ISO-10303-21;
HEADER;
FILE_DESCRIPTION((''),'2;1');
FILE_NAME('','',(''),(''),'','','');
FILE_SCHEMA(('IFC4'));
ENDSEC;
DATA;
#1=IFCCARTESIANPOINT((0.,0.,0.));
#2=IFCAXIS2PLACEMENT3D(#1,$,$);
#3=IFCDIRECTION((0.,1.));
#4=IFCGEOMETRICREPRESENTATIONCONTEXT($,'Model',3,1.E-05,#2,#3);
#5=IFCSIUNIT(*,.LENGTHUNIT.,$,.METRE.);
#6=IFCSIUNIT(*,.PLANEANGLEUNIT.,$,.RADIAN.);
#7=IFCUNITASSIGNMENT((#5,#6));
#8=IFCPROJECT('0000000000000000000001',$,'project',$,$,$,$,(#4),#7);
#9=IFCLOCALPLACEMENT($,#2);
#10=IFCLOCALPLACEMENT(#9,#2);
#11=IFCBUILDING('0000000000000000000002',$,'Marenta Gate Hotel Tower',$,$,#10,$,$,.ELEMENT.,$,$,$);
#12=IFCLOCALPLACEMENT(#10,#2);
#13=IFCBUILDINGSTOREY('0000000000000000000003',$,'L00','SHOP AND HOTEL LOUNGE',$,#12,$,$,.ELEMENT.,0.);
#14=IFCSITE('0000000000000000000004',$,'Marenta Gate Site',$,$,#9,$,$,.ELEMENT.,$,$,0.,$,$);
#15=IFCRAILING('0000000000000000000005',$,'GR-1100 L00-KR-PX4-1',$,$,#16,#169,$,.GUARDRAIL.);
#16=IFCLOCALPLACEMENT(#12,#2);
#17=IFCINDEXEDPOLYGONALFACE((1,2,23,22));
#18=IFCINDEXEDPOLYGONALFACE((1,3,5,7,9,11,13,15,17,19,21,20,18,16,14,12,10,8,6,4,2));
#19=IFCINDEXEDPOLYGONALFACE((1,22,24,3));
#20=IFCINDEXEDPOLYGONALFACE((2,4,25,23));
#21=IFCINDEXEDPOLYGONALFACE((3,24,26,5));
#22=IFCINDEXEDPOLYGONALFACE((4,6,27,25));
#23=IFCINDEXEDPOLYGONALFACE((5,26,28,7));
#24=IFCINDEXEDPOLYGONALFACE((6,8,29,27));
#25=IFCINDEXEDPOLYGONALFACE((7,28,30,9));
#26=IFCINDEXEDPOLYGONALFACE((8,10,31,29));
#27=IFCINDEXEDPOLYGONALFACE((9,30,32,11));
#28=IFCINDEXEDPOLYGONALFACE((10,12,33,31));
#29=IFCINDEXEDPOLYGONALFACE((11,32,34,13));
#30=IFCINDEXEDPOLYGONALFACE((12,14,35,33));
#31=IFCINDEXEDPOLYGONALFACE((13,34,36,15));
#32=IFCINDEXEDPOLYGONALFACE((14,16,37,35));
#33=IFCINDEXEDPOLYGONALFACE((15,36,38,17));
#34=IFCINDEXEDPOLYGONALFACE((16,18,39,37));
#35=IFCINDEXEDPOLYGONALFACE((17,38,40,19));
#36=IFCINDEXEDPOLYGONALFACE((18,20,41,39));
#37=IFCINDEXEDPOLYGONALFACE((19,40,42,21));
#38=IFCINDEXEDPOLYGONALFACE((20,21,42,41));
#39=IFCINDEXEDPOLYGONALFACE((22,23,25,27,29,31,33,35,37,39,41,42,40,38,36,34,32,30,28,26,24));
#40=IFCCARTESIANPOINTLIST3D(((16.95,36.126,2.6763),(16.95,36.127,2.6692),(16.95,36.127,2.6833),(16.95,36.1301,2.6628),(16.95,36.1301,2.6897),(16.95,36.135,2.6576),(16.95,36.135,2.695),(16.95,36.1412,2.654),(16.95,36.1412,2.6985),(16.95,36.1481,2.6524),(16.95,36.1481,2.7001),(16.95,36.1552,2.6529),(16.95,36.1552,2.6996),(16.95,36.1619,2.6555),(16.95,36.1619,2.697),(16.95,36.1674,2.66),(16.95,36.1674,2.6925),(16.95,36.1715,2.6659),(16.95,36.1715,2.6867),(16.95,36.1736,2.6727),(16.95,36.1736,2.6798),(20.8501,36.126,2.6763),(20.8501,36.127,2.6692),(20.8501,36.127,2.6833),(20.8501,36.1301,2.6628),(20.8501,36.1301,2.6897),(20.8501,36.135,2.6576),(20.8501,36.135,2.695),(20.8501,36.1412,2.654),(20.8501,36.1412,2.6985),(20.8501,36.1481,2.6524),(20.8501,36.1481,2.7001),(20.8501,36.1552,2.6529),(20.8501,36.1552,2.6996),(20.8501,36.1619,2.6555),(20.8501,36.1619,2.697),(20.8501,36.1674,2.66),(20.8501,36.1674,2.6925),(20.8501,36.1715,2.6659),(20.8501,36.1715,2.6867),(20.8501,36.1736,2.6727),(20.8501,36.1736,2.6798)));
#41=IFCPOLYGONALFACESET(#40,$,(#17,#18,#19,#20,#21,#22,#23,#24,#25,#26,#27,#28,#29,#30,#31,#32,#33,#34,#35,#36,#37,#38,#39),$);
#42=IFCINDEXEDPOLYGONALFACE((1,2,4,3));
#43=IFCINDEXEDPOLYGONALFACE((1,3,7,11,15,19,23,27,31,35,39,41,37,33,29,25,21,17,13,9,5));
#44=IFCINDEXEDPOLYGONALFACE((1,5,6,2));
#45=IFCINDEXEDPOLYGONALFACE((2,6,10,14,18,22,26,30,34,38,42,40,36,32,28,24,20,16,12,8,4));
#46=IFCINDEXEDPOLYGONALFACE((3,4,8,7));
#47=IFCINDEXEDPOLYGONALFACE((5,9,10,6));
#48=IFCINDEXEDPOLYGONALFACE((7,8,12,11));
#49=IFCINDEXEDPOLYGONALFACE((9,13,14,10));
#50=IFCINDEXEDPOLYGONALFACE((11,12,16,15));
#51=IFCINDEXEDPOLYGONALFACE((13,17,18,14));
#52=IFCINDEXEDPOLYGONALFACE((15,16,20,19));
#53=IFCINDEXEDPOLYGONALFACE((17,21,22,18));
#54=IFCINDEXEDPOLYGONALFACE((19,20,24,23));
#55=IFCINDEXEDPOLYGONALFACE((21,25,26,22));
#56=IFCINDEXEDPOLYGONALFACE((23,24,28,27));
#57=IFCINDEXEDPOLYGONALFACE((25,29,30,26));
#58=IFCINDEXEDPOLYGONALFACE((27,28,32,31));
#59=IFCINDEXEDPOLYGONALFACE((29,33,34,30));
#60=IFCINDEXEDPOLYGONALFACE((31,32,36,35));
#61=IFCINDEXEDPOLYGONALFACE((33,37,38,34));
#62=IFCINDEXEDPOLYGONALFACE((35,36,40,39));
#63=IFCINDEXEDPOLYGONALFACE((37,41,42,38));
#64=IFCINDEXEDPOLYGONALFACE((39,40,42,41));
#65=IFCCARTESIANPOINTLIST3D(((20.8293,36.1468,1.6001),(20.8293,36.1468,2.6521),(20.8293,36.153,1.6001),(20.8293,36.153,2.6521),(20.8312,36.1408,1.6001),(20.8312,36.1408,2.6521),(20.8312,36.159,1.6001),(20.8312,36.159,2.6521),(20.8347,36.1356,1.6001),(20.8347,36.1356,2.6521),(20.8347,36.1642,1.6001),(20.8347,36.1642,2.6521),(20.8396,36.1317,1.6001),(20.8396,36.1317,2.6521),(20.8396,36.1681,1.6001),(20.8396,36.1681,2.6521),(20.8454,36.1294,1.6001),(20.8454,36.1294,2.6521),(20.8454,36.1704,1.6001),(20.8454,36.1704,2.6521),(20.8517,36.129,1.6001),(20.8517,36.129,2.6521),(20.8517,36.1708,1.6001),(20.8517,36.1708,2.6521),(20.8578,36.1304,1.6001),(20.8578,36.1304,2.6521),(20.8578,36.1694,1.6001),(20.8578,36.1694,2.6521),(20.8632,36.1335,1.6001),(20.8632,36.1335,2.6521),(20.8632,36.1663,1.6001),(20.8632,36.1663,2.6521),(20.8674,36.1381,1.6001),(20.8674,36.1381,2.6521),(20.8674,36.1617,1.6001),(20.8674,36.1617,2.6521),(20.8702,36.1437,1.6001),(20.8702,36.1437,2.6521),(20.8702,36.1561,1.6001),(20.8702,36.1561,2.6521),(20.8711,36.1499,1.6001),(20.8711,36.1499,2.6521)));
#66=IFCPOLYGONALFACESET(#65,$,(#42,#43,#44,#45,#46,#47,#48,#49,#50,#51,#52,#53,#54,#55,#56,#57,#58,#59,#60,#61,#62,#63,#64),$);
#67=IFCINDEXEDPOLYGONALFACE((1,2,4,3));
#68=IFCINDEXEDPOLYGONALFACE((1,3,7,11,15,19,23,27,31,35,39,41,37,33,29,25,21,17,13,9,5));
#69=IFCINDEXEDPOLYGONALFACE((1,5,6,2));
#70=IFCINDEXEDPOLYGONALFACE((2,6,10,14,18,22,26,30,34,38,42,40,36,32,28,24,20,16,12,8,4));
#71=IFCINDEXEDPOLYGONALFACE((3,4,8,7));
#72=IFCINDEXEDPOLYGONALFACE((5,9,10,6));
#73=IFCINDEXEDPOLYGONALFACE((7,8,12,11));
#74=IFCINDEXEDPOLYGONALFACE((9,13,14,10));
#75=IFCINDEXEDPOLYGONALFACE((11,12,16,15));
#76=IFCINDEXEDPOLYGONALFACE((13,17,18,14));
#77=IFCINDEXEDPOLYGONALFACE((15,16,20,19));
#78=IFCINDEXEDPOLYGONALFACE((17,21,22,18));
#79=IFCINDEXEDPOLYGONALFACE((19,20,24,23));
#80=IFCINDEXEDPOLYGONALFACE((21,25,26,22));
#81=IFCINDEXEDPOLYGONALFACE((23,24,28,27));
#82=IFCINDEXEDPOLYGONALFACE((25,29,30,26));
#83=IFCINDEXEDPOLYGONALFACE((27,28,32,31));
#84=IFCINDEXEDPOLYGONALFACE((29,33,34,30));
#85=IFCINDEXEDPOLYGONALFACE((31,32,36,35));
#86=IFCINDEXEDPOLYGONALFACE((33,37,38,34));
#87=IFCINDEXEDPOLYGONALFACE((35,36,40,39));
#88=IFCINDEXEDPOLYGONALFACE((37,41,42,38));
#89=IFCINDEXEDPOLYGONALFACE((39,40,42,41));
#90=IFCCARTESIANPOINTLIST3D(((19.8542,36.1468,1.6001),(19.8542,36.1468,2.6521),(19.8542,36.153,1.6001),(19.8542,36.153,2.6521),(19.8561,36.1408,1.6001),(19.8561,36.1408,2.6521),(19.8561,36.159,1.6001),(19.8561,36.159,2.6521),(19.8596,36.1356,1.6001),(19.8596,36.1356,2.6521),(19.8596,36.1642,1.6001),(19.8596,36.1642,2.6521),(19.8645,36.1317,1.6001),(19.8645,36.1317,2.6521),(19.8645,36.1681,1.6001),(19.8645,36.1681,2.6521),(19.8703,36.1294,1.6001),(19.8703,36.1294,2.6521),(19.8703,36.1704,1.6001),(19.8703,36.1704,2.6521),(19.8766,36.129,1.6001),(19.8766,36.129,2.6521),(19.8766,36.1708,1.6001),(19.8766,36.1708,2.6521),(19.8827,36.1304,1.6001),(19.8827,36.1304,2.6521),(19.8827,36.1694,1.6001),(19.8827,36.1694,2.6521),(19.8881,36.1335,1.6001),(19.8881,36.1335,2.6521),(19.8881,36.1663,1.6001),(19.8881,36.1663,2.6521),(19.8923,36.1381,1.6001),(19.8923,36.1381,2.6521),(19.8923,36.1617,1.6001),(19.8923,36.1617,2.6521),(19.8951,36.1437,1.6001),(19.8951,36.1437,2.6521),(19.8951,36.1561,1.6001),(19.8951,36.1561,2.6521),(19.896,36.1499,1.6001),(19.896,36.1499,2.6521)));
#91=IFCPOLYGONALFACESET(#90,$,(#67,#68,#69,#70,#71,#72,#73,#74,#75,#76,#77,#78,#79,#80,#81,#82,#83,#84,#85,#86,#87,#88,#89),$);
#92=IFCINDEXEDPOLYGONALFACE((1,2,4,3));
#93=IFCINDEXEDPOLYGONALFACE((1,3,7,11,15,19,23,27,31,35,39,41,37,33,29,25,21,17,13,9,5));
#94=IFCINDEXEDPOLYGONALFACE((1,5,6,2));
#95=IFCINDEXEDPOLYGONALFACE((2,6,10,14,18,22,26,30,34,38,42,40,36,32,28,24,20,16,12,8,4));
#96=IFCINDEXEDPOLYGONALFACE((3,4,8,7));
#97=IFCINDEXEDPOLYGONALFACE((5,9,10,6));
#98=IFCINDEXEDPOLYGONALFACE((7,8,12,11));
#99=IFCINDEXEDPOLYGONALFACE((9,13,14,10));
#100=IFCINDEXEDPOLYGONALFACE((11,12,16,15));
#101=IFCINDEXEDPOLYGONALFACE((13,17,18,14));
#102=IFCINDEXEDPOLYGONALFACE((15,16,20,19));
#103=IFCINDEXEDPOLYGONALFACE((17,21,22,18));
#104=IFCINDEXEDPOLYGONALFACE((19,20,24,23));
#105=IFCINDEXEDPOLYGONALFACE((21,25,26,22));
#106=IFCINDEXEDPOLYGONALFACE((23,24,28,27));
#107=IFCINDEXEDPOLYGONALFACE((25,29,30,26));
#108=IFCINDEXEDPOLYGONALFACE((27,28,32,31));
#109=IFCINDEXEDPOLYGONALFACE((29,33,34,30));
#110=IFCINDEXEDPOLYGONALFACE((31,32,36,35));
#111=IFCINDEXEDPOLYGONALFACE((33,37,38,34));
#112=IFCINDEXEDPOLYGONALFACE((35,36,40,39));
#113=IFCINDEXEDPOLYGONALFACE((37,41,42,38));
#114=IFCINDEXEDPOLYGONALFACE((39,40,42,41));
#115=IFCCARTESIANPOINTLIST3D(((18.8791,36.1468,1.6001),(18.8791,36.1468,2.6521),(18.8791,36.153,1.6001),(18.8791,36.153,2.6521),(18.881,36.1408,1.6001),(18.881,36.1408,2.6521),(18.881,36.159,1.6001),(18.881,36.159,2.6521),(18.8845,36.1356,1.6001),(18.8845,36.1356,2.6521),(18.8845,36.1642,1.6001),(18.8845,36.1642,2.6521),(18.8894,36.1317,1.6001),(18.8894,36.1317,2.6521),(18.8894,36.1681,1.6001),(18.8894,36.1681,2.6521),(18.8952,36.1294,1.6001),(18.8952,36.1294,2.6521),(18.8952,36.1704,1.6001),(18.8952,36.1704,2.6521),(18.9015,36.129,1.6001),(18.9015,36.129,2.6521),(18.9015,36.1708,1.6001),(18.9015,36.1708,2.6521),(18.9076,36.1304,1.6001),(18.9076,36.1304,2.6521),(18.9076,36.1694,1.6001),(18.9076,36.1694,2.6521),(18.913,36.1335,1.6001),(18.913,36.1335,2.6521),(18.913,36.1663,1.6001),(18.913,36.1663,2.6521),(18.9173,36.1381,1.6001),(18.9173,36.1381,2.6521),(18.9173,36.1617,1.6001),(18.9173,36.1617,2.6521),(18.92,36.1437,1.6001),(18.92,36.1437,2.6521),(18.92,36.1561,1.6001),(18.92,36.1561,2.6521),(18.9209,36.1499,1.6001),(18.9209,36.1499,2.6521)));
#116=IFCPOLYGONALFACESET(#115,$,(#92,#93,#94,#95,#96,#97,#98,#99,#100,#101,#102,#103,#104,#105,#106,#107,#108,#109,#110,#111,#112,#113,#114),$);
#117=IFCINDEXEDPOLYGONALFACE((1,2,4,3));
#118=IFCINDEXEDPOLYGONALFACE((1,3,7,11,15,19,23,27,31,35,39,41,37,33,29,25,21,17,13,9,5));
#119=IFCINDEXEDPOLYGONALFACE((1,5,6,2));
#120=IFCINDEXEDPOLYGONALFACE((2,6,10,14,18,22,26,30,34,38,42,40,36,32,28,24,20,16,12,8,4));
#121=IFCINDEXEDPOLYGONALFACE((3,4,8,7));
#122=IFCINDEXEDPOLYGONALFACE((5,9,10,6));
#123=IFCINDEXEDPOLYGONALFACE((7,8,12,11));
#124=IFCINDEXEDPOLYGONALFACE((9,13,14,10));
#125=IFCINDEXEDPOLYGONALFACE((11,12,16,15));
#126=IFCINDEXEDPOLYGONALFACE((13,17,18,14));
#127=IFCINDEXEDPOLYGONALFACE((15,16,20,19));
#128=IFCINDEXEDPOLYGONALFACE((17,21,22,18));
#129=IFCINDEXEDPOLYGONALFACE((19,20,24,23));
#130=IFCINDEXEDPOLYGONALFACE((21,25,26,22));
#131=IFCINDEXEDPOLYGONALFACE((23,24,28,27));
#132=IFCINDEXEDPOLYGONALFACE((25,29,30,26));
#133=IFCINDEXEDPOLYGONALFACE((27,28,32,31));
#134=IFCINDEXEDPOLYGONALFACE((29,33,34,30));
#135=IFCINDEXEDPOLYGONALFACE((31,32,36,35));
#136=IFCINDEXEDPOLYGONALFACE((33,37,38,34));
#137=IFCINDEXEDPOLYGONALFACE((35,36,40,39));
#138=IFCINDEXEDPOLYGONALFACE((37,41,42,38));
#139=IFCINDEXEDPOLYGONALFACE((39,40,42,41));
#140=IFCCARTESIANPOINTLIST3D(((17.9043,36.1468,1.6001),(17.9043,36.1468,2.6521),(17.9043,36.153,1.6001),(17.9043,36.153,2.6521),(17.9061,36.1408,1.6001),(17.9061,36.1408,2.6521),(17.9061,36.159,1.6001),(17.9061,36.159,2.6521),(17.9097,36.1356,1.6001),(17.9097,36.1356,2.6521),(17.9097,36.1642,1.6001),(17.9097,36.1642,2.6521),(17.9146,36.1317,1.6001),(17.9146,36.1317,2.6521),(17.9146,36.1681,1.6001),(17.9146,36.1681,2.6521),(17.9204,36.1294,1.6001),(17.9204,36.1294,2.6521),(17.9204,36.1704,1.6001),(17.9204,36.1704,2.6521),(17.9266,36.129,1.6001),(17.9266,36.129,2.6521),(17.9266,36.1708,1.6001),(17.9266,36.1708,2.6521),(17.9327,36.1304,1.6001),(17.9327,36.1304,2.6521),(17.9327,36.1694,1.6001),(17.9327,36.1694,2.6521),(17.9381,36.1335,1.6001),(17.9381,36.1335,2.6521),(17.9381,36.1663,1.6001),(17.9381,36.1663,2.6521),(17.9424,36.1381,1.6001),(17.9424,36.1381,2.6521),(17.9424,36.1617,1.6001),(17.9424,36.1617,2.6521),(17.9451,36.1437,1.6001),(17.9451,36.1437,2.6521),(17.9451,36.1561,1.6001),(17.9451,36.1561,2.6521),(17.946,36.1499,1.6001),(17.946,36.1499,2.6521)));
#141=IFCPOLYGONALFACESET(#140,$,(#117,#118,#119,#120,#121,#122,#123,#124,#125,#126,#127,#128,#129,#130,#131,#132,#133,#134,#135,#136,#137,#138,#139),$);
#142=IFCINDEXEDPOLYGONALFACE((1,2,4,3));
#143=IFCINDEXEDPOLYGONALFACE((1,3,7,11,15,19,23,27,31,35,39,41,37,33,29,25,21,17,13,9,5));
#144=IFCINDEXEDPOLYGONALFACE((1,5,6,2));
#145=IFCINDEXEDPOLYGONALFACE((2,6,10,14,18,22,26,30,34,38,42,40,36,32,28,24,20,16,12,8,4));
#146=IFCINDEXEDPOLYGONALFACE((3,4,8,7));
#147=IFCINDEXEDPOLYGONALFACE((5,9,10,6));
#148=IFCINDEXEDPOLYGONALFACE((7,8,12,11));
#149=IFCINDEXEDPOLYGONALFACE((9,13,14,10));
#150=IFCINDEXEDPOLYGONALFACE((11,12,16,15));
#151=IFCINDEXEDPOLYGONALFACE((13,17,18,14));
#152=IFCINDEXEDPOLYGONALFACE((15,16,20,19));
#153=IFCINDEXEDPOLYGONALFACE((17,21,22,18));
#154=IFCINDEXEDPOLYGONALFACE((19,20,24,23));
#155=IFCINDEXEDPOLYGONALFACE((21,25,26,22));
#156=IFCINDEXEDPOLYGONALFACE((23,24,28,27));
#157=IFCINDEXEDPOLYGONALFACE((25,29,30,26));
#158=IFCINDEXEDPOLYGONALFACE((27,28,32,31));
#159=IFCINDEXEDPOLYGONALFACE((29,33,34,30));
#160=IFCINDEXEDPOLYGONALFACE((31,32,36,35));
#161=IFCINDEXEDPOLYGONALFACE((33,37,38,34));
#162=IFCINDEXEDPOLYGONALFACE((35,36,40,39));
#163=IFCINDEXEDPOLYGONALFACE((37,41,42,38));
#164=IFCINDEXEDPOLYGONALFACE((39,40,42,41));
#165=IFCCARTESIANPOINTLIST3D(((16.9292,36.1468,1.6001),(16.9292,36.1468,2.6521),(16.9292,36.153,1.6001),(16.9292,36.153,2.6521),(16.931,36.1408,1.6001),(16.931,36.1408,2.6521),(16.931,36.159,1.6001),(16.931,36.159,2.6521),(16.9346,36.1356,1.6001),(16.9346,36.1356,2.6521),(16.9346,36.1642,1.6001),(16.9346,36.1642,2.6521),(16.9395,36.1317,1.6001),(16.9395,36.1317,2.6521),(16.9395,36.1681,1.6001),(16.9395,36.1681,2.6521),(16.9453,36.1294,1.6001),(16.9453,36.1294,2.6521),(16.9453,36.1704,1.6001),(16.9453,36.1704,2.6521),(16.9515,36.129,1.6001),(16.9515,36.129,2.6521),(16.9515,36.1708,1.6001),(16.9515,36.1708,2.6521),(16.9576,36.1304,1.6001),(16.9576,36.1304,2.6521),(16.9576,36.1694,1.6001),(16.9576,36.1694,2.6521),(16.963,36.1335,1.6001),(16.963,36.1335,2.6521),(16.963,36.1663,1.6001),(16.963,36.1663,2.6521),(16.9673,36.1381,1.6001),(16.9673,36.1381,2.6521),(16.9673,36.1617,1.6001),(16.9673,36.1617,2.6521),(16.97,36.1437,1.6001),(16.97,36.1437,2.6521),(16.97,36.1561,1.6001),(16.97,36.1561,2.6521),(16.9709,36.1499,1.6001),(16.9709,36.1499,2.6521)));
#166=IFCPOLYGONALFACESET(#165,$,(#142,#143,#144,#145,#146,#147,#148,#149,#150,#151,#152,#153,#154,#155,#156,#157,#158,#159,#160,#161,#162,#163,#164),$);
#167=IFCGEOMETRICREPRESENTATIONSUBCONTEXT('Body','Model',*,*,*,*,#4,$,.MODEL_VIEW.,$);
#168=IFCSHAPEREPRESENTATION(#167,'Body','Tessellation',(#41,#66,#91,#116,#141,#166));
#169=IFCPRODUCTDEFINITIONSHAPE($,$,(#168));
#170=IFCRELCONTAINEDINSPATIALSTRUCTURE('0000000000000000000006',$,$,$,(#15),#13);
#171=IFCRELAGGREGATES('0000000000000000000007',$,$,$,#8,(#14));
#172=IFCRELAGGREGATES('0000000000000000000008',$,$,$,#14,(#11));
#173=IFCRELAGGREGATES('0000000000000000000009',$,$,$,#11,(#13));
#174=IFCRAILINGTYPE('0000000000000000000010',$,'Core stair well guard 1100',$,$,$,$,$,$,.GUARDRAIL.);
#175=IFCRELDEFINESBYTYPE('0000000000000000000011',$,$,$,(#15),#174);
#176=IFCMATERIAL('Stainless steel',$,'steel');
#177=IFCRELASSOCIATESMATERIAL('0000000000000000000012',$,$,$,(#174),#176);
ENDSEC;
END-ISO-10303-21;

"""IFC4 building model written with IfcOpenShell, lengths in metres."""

from ifc_helpers import new_model, si_unit, direction, frame, origin, origin_2d, place, context, subcontext, project, spatial, circle, extrude, material, type_object, element, save


model = new_model("IFC4")

# Units and contexts
model_context = context("Model", 3, precision=1e-05, world=origin(), true_north=direction((0.0, 1.0)))
body_context = subcontext(model_context, "Body", "Model", "MODEL_VIEW")
ifc_project = project(units=[si_unit("LENGTHUNIT", "METRE"), si_unit("PLANEANGLEUNIT", "RADIAN")], contexts=[model_context])

# Site, building, storey
site_placement = place(None, origin())
site = spatial("IfcSite", under=ifc_project, at=site_placement, Name="Marenta Gate Site", CompositionType="ELEMENT", RefElevation=0.0)
building_placement = place(site_placement, origin())
building = spatial("IfcBuilding", under=site, at=building_placement, Name="Marenta Gate Hotel Tower", CompositionType="ELEMENT")
storey_placement = place(building_placement, origin())
storey = spatial("IfcBuildingStorey", under=building, at=storey_placement, Name="L00", Description="SHOP AND HOTEL LOUNGE", CompositionType="ELEMENT", Elevation=0.0)

# Railing
ifc_material_1 = material(Name="Stainless steel", Category="steel")
railing_type_1 = type_object("IfcRailingType", Name="Core stair well guard 1100", PredefinedType="GUARDRAIL", material=ifc_material_1)
for number, where, name in (
    (1, (20.8501, 36.1499, 1.6001), "GR-1100 L00-KR-PX4-1"),
):
    element("IfcRailing", number, at=place(storey_placement, frame(where)), inside=storey, type_object=railing_type_1, Name=name, PredefinedType="GUARDRAIL", context=body_context, shape_type="SweptSolid", body=[
        extrude(circle(Radius=0.0239, at=origin_2d()), frame((0.0, 0.0, 1.0762), z_axis=(-1.0, 0.0, 0.0), x_axis=(0.0, -1.0, 0.0)), (0.0, 0.0, 1.0), 3.9001),
        extrude(circle(Radius=0.021, at=origin_2d()), origin(), (0.0, 0.0, 1.0), 1.052),
        extrude(circle(Radius=0.021, at=origin_2d()), frame((-0.9751, 0.0, 0.0)), (0.0, 0.0, 1.0), 1.052),
        extrude(circle(Radius=0.021, at=origin_2d()), frame((-1.9502, 0.0, 0.0)), (0.0, 0.0, 1.0), 1.052),
        extrude(circle(Radius=0.021, at=origin_2d()), frame((-2.925, 0.0, 0.0)), (0.0, 0.0, 1.0), 1.052),
        extrude(circle(Radius=0.021, at=origin_2d()), frame((-3.9001, 0.0, 0.0)), (0.0, 0.0, 1.0), 1.052),
    ])

save(model, "model.ifc")
